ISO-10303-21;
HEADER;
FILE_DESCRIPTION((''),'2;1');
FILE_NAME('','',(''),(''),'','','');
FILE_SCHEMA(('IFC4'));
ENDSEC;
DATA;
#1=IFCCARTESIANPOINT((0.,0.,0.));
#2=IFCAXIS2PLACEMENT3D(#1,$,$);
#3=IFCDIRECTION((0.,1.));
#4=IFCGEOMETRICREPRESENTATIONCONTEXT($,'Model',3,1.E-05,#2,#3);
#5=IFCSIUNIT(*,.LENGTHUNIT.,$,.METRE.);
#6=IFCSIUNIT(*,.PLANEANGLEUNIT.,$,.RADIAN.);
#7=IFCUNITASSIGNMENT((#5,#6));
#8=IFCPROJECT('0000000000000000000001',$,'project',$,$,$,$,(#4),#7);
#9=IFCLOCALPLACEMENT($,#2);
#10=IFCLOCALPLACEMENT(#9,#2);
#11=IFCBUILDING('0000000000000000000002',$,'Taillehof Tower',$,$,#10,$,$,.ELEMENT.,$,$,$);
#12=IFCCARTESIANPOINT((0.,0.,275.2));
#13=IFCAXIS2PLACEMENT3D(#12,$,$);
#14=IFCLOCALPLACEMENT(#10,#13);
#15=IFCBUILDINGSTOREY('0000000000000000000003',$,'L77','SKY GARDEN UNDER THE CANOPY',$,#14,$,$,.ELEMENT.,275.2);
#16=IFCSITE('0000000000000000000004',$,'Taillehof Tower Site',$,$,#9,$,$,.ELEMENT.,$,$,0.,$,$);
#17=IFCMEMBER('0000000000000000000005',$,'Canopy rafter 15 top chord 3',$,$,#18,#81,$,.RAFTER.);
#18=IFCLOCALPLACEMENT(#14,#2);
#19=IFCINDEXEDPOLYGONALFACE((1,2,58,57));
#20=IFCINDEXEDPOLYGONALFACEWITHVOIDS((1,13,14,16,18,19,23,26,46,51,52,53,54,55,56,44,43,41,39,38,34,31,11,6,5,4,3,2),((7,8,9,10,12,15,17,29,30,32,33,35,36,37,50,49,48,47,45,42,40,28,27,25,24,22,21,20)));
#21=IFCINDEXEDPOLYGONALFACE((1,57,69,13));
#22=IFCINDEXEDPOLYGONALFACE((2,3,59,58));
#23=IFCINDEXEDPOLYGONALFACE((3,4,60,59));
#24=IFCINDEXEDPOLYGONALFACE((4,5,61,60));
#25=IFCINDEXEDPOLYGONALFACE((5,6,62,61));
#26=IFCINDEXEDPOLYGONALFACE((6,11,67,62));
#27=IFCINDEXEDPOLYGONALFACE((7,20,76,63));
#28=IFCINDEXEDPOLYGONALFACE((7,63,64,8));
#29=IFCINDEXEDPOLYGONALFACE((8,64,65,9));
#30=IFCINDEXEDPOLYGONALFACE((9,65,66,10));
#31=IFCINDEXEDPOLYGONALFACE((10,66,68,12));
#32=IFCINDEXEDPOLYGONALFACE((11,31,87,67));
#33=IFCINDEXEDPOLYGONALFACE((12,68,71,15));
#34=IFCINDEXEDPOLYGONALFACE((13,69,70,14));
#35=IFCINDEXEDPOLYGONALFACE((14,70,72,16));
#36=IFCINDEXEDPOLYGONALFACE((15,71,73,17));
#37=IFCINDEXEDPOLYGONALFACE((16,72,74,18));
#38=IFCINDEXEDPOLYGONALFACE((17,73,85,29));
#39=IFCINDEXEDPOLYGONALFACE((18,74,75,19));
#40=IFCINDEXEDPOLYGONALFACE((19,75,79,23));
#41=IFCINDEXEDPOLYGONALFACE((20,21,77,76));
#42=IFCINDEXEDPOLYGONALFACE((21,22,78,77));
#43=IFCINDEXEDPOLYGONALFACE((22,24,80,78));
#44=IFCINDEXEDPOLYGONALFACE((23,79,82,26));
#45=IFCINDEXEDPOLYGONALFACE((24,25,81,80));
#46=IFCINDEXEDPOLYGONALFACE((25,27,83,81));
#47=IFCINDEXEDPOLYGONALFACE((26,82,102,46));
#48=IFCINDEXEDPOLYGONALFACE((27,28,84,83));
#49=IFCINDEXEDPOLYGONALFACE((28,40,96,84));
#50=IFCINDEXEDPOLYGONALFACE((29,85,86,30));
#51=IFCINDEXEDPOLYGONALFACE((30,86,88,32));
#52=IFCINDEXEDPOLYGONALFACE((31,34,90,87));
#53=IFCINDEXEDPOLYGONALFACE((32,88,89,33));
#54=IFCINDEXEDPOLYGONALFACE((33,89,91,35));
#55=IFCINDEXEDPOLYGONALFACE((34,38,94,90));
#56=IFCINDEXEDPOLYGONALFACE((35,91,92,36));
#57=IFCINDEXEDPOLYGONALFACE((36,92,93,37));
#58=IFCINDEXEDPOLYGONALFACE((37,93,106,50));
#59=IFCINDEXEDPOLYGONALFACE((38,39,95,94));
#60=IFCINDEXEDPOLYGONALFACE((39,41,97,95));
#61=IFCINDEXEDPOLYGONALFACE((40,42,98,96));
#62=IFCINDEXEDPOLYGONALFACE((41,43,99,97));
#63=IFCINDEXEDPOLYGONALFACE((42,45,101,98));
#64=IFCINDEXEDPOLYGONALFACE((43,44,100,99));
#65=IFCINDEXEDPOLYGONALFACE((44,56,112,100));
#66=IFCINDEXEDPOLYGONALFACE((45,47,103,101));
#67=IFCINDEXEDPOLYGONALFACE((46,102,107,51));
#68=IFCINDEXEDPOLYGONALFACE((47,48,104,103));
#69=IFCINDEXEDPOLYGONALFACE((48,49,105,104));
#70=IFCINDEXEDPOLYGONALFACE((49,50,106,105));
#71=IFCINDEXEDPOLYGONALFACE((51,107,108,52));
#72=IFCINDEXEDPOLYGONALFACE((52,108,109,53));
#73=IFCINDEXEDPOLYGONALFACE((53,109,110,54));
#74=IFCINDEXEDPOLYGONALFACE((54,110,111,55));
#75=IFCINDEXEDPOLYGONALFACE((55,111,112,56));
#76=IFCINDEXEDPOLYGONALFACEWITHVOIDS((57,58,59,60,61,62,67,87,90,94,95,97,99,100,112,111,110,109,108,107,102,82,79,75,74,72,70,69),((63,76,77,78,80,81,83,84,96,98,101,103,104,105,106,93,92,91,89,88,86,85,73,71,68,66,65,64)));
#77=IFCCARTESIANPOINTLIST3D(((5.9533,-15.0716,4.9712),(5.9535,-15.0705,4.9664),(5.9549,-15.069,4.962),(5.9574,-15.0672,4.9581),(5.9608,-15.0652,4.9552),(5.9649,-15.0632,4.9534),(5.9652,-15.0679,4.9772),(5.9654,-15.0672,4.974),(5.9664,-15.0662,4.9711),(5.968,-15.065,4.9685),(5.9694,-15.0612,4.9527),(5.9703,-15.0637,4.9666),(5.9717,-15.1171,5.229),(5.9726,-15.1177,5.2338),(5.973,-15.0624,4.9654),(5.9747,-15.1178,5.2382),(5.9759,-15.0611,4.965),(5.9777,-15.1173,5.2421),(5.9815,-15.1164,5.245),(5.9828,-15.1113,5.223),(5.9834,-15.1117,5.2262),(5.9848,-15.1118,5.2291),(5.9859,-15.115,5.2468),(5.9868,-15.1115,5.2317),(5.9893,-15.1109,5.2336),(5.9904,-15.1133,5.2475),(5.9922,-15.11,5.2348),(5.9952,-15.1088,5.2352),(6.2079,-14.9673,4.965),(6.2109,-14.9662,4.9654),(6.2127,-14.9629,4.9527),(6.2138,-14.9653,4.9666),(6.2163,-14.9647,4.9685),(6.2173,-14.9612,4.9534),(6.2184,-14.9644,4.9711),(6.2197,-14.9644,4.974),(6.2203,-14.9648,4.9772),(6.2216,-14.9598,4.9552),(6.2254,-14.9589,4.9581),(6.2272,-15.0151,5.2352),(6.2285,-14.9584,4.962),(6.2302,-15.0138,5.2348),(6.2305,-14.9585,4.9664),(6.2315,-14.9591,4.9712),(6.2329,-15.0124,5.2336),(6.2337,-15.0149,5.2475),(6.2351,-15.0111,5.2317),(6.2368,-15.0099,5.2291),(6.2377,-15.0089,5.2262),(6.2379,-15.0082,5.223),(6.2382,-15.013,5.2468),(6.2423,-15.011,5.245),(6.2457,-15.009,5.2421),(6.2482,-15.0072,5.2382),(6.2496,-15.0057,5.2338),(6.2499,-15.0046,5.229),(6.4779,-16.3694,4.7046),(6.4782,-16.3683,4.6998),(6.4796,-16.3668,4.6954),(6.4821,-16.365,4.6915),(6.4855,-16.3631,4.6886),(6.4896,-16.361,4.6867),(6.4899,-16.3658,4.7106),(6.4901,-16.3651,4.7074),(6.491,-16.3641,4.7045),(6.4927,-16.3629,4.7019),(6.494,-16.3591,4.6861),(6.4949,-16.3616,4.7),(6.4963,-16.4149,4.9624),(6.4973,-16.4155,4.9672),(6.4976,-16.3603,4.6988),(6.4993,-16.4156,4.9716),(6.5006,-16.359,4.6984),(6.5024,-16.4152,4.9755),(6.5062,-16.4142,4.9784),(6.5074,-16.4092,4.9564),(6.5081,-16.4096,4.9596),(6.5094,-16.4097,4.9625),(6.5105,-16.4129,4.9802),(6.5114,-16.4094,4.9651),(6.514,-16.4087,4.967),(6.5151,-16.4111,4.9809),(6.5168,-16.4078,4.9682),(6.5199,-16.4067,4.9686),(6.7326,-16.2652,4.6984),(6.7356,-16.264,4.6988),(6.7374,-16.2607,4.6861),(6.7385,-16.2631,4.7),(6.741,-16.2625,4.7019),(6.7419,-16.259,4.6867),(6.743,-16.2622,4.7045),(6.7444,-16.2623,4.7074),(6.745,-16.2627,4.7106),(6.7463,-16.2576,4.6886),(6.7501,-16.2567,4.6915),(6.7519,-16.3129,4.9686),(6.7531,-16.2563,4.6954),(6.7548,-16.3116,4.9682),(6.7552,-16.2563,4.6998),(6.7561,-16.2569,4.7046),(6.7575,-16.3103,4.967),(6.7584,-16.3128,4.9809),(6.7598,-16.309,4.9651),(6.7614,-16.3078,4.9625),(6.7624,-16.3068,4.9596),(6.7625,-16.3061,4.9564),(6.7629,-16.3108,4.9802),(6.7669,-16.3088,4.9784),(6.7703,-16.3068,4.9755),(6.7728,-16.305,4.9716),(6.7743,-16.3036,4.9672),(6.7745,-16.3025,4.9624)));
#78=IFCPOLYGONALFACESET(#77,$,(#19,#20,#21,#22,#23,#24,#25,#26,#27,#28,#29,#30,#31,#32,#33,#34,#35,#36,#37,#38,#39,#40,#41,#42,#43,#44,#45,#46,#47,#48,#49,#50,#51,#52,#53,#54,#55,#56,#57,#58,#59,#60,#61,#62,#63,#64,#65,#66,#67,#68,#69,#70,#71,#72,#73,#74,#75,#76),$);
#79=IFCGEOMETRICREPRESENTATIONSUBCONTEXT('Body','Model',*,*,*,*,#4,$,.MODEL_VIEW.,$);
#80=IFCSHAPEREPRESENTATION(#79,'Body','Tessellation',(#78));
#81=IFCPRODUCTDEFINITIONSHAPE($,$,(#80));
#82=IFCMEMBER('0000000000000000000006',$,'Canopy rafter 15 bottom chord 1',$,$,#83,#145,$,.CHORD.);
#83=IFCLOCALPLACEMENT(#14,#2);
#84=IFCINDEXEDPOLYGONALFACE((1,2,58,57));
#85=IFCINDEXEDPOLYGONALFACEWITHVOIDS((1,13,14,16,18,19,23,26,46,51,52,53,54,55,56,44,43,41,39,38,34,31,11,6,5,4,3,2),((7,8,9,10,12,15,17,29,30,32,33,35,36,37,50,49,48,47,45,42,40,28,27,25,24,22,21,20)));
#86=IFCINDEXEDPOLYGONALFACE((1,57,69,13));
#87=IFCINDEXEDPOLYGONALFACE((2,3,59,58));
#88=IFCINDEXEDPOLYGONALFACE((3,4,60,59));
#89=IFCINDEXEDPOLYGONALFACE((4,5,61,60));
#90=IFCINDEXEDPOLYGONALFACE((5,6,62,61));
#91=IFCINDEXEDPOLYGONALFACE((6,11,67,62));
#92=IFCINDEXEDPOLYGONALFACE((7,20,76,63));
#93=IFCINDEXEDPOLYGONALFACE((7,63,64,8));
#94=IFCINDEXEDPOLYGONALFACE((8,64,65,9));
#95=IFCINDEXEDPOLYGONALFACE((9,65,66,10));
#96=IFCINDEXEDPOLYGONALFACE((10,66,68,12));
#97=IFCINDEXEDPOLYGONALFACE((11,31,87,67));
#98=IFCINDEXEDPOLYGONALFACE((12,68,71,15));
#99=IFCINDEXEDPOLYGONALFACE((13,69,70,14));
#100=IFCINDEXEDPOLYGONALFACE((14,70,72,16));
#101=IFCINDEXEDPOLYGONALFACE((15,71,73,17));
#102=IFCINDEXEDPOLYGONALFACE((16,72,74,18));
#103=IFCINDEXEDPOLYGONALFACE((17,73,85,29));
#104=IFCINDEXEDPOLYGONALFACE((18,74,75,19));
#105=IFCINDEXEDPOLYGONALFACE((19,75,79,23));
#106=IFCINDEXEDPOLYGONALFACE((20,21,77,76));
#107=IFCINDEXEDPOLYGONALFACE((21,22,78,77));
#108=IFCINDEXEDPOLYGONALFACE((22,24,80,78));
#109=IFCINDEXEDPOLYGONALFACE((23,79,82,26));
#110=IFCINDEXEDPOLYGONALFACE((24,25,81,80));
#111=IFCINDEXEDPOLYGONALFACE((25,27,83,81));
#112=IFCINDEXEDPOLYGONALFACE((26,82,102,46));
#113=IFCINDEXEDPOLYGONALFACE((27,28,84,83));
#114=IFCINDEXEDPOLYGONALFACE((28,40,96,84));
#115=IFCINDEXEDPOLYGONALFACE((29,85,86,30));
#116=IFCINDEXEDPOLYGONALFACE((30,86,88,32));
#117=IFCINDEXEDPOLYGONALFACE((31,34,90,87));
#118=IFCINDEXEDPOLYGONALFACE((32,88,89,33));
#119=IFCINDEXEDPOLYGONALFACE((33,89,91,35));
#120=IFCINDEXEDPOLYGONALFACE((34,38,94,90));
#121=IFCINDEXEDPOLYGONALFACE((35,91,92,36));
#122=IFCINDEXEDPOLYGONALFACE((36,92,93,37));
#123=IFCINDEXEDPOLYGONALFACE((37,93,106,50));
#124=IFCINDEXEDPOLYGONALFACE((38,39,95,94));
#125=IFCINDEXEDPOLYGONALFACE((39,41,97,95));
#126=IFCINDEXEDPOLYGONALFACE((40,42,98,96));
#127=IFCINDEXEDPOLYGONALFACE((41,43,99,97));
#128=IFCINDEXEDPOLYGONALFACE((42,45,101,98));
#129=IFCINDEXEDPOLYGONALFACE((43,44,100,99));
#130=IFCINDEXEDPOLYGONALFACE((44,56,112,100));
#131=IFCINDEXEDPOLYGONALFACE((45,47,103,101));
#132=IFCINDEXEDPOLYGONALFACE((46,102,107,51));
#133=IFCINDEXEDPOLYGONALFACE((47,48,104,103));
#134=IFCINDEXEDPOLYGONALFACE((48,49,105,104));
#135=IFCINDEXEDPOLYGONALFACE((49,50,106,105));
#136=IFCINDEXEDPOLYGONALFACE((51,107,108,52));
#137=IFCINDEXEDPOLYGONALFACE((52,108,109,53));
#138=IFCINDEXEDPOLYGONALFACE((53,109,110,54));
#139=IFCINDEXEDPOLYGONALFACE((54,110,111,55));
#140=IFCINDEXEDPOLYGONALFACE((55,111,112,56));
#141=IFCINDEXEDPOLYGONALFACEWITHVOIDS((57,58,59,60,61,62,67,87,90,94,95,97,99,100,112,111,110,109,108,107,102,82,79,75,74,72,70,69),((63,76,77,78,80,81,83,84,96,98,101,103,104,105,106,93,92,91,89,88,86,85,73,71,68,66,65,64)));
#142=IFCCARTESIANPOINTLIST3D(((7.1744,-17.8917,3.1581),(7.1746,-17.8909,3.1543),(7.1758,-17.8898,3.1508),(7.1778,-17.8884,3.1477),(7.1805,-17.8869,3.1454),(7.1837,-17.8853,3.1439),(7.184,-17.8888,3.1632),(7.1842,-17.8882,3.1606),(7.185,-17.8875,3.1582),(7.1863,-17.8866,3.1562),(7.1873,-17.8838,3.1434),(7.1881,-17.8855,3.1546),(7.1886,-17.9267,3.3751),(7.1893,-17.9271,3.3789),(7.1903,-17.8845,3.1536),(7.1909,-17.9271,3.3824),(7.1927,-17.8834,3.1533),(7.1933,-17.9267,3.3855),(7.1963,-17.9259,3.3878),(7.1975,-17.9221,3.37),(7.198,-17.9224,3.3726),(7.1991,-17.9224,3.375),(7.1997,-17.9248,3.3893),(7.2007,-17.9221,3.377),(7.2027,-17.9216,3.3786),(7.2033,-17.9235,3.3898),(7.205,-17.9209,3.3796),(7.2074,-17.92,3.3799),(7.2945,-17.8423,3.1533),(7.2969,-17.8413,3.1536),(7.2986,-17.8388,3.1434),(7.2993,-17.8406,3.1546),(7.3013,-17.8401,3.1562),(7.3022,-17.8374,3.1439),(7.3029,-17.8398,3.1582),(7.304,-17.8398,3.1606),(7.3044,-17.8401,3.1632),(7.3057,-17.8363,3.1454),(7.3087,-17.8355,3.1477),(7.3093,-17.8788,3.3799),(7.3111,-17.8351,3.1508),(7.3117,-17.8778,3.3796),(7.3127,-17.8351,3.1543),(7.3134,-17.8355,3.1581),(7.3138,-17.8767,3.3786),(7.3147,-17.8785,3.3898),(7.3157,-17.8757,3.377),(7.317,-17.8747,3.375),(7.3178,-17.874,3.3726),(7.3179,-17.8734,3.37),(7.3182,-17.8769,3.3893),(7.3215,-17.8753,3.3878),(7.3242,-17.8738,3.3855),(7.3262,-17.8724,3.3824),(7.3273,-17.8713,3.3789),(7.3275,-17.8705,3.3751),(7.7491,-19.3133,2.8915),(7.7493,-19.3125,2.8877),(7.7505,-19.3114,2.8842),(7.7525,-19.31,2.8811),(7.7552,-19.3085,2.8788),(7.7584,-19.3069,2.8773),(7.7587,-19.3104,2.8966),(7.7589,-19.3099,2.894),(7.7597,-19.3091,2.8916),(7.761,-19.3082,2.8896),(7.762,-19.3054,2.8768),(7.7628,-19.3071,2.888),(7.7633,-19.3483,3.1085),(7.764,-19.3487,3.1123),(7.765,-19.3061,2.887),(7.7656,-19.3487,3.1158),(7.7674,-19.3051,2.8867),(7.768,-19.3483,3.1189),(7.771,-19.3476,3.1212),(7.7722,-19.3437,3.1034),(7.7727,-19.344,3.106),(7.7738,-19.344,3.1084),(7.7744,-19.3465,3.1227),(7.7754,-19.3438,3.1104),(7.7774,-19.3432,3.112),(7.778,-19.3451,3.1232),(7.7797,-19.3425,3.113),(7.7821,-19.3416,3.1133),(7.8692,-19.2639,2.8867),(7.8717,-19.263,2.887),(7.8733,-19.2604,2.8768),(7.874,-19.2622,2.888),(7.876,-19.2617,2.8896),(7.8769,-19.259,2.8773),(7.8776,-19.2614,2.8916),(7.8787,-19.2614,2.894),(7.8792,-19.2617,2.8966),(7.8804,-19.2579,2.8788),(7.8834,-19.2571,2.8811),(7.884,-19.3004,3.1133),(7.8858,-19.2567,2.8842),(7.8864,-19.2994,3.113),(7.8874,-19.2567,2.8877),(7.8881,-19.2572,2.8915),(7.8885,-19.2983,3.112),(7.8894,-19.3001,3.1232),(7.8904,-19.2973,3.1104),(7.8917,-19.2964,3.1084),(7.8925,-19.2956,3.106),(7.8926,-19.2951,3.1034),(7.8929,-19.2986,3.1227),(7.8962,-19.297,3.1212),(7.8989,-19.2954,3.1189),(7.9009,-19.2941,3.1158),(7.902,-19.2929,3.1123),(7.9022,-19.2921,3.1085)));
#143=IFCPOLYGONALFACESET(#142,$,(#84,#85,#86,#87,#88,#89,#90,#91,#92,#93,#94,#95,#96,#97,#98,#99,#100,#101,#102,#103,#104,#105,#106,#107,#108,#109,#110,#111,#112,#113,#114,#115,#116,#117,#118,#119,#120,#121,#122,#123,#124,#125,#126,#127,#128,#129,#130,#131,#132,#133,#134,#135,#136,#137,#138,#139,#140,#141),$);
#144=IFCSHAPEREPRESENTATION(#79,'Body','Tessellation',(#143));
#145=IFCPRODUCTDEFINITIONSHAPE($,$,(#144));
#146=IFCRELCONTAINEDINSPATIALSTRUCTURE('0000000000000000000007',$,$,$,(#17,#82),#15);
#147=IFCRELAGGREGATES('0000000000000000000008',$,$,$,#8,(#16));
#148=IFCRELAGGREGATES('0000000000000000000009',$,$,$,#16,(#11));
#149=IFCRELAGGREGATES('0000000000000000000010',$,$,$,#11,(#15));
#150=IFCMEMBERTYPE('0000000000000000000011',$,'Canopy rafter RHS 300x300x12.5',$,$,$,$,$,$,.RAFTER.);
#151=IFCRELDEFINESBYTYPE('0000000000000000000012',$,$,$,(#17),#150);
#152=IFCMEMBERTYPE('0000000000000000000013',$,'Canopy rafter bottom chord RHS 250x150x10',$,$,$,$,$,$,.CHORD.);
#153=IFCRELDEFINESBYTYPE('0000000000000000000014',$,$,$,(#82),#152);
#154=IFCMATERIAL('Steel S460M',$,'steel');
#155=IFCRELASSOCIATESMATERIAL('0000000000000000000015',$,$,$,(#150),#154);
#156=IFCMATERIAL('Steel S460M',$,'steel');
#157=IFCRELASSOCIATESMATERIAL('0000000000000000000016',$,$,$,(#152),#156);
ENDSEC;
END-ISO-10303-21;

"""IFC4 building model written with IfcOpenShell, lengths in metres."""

from ifc_helpers import new_model, si_unit, direction, frame, origin, origin_2d, place, context, subcontext, project, spatial, hollow_rectangle, extrude, material, material_profile, profile_set, type_object, element, save


model = new_model("IFC4")

# Units and contexts
model_context = context("Model", 3, precision=1e-05, world=origin(), true_north=direction((0.0, 1.0)))
body_context = subcontext(model_context, "Body", "Model", "MODEL_VIEW")
ifc_project = project(units=[si_unit("LENGTHUNIT", "METRE"), si_unit("PLANEANGLEUNIT", "RADIAN")], contexts=[model_context])

# Site, building, storey
site_placement = place(None, origin())
site = spatial("IfcSite", under=ifc_project, at=site_placement, Name="Taillehof Tower Site", CompositionType="ELEMENT", RefElevation=0.0)
building_placement = place(site_placement, origin())
building = spatial("IfcBuilding", under=site, at=building_placement, Name="Taillehof Tower", CompositionType="ELEMENT")
storey_placement = place(building_placement, frame((0.0, 0.0, 275.2)))
storey = spatial("IfcBuildingStorey", under=building, at=storey_placement, Name="L77", Description="SKY GARDEN UNDER THE CANOPY", CompositionType="ELEMENT", Elevation=275.2)

# Members
ifc_material_1 = material(Name="Steel S460M", Category="steel")
ifc_material_profile_1 = material_profile(ifc_material_1, hollow_rectangle(XDim=0.3, YDim=0.3, WallThickness=0.0125, InnerFilletRadius=0.0125, OuterFilletRadius=0.0188, at=origin_2d()), Name="RHS 300x300x12.5")
ifc_profile_set_1 = profile_set([ifc_material_profile_1], Name="Steel S460M")
member_type_1 = type_object("IfcMemberType", Name="Canopy rafter RHS 300x300x12.5", PredefinedType="RAFTER", material=ifc_profile_set_1)
for number, where, z_axis, x_axis, name in (
    (1, (6.6262, -16.3359, 4.8335), (-0.368169, 0.910742, 0.187083), (-0.927111, -0.374786, 0.0), "Canopy rafter 15 top chord 3"),
):
    element("IfcMember", number, at=place(storey_placement, frame(where, z_axis=z_axis, x_axis=x_axis)), inside=storey, type_object=member_type_1, Name=name, PredefinedType="RAFTER", context=body_context, shape_type="SweptSolid", body=[
        extrude(hollow_rectangle(XDim=0.3, YDim=0.3, WallThickness=0.0125, InnerFilletRadius=0.0125, OuterFilletRadius=0.0188, at=origin_2d()), origin(), (0.0, 0.0, 1.0), 1.425),
    ])
ifc_material_2 = material(Name="Steel S460M", Category="steel")
ifc_material_profile_2 = material_profile(ifc_material_2, hollow_rectangle(XDim=0.1499, YDim=0.25, WallThickness=0.01, InnerFilletRadius=0.01, OuterFilletRadius=0.0149, at=origin_2d()), Name="RHS 250x150x10")
ifc_profile_set_2 = profile_set([ifc_material_profile_2], Name="Steel S460M")
member_type_2 = type_object("IfcMemberType", Name="Canopy rafter bottom chord RHS 250x150x10", PredefinedType="CHORD", material=ifc_profile_set_2)
member_1_placement = place(storey_placement, frame((7.8257, -19.3027, 3.0), z_axis=(-0.369253, 0.913406, 0.171293), x_axis=(-0.927109, -0.374792, 0.0)))
element("IfcMember", 2, at=member_1_placement, inside=storey, type_object=member_type_2, Name="Canopy rafter 15 bottom chord 1", PredefinedType="CHORD", context=body_context, shape_type="SweptSolid", body=[
    extrude(hollow_rectangle(XDim=0.1499, YDim=0.25, WallThickness=0.01, InnerFilletRadius=0.01, OuterFilletRadius=0.0149, at=origin_2d()), origin(), (0.0, 0.0, 1.0), 1.5564),
])

save(model, "model.ifc")
